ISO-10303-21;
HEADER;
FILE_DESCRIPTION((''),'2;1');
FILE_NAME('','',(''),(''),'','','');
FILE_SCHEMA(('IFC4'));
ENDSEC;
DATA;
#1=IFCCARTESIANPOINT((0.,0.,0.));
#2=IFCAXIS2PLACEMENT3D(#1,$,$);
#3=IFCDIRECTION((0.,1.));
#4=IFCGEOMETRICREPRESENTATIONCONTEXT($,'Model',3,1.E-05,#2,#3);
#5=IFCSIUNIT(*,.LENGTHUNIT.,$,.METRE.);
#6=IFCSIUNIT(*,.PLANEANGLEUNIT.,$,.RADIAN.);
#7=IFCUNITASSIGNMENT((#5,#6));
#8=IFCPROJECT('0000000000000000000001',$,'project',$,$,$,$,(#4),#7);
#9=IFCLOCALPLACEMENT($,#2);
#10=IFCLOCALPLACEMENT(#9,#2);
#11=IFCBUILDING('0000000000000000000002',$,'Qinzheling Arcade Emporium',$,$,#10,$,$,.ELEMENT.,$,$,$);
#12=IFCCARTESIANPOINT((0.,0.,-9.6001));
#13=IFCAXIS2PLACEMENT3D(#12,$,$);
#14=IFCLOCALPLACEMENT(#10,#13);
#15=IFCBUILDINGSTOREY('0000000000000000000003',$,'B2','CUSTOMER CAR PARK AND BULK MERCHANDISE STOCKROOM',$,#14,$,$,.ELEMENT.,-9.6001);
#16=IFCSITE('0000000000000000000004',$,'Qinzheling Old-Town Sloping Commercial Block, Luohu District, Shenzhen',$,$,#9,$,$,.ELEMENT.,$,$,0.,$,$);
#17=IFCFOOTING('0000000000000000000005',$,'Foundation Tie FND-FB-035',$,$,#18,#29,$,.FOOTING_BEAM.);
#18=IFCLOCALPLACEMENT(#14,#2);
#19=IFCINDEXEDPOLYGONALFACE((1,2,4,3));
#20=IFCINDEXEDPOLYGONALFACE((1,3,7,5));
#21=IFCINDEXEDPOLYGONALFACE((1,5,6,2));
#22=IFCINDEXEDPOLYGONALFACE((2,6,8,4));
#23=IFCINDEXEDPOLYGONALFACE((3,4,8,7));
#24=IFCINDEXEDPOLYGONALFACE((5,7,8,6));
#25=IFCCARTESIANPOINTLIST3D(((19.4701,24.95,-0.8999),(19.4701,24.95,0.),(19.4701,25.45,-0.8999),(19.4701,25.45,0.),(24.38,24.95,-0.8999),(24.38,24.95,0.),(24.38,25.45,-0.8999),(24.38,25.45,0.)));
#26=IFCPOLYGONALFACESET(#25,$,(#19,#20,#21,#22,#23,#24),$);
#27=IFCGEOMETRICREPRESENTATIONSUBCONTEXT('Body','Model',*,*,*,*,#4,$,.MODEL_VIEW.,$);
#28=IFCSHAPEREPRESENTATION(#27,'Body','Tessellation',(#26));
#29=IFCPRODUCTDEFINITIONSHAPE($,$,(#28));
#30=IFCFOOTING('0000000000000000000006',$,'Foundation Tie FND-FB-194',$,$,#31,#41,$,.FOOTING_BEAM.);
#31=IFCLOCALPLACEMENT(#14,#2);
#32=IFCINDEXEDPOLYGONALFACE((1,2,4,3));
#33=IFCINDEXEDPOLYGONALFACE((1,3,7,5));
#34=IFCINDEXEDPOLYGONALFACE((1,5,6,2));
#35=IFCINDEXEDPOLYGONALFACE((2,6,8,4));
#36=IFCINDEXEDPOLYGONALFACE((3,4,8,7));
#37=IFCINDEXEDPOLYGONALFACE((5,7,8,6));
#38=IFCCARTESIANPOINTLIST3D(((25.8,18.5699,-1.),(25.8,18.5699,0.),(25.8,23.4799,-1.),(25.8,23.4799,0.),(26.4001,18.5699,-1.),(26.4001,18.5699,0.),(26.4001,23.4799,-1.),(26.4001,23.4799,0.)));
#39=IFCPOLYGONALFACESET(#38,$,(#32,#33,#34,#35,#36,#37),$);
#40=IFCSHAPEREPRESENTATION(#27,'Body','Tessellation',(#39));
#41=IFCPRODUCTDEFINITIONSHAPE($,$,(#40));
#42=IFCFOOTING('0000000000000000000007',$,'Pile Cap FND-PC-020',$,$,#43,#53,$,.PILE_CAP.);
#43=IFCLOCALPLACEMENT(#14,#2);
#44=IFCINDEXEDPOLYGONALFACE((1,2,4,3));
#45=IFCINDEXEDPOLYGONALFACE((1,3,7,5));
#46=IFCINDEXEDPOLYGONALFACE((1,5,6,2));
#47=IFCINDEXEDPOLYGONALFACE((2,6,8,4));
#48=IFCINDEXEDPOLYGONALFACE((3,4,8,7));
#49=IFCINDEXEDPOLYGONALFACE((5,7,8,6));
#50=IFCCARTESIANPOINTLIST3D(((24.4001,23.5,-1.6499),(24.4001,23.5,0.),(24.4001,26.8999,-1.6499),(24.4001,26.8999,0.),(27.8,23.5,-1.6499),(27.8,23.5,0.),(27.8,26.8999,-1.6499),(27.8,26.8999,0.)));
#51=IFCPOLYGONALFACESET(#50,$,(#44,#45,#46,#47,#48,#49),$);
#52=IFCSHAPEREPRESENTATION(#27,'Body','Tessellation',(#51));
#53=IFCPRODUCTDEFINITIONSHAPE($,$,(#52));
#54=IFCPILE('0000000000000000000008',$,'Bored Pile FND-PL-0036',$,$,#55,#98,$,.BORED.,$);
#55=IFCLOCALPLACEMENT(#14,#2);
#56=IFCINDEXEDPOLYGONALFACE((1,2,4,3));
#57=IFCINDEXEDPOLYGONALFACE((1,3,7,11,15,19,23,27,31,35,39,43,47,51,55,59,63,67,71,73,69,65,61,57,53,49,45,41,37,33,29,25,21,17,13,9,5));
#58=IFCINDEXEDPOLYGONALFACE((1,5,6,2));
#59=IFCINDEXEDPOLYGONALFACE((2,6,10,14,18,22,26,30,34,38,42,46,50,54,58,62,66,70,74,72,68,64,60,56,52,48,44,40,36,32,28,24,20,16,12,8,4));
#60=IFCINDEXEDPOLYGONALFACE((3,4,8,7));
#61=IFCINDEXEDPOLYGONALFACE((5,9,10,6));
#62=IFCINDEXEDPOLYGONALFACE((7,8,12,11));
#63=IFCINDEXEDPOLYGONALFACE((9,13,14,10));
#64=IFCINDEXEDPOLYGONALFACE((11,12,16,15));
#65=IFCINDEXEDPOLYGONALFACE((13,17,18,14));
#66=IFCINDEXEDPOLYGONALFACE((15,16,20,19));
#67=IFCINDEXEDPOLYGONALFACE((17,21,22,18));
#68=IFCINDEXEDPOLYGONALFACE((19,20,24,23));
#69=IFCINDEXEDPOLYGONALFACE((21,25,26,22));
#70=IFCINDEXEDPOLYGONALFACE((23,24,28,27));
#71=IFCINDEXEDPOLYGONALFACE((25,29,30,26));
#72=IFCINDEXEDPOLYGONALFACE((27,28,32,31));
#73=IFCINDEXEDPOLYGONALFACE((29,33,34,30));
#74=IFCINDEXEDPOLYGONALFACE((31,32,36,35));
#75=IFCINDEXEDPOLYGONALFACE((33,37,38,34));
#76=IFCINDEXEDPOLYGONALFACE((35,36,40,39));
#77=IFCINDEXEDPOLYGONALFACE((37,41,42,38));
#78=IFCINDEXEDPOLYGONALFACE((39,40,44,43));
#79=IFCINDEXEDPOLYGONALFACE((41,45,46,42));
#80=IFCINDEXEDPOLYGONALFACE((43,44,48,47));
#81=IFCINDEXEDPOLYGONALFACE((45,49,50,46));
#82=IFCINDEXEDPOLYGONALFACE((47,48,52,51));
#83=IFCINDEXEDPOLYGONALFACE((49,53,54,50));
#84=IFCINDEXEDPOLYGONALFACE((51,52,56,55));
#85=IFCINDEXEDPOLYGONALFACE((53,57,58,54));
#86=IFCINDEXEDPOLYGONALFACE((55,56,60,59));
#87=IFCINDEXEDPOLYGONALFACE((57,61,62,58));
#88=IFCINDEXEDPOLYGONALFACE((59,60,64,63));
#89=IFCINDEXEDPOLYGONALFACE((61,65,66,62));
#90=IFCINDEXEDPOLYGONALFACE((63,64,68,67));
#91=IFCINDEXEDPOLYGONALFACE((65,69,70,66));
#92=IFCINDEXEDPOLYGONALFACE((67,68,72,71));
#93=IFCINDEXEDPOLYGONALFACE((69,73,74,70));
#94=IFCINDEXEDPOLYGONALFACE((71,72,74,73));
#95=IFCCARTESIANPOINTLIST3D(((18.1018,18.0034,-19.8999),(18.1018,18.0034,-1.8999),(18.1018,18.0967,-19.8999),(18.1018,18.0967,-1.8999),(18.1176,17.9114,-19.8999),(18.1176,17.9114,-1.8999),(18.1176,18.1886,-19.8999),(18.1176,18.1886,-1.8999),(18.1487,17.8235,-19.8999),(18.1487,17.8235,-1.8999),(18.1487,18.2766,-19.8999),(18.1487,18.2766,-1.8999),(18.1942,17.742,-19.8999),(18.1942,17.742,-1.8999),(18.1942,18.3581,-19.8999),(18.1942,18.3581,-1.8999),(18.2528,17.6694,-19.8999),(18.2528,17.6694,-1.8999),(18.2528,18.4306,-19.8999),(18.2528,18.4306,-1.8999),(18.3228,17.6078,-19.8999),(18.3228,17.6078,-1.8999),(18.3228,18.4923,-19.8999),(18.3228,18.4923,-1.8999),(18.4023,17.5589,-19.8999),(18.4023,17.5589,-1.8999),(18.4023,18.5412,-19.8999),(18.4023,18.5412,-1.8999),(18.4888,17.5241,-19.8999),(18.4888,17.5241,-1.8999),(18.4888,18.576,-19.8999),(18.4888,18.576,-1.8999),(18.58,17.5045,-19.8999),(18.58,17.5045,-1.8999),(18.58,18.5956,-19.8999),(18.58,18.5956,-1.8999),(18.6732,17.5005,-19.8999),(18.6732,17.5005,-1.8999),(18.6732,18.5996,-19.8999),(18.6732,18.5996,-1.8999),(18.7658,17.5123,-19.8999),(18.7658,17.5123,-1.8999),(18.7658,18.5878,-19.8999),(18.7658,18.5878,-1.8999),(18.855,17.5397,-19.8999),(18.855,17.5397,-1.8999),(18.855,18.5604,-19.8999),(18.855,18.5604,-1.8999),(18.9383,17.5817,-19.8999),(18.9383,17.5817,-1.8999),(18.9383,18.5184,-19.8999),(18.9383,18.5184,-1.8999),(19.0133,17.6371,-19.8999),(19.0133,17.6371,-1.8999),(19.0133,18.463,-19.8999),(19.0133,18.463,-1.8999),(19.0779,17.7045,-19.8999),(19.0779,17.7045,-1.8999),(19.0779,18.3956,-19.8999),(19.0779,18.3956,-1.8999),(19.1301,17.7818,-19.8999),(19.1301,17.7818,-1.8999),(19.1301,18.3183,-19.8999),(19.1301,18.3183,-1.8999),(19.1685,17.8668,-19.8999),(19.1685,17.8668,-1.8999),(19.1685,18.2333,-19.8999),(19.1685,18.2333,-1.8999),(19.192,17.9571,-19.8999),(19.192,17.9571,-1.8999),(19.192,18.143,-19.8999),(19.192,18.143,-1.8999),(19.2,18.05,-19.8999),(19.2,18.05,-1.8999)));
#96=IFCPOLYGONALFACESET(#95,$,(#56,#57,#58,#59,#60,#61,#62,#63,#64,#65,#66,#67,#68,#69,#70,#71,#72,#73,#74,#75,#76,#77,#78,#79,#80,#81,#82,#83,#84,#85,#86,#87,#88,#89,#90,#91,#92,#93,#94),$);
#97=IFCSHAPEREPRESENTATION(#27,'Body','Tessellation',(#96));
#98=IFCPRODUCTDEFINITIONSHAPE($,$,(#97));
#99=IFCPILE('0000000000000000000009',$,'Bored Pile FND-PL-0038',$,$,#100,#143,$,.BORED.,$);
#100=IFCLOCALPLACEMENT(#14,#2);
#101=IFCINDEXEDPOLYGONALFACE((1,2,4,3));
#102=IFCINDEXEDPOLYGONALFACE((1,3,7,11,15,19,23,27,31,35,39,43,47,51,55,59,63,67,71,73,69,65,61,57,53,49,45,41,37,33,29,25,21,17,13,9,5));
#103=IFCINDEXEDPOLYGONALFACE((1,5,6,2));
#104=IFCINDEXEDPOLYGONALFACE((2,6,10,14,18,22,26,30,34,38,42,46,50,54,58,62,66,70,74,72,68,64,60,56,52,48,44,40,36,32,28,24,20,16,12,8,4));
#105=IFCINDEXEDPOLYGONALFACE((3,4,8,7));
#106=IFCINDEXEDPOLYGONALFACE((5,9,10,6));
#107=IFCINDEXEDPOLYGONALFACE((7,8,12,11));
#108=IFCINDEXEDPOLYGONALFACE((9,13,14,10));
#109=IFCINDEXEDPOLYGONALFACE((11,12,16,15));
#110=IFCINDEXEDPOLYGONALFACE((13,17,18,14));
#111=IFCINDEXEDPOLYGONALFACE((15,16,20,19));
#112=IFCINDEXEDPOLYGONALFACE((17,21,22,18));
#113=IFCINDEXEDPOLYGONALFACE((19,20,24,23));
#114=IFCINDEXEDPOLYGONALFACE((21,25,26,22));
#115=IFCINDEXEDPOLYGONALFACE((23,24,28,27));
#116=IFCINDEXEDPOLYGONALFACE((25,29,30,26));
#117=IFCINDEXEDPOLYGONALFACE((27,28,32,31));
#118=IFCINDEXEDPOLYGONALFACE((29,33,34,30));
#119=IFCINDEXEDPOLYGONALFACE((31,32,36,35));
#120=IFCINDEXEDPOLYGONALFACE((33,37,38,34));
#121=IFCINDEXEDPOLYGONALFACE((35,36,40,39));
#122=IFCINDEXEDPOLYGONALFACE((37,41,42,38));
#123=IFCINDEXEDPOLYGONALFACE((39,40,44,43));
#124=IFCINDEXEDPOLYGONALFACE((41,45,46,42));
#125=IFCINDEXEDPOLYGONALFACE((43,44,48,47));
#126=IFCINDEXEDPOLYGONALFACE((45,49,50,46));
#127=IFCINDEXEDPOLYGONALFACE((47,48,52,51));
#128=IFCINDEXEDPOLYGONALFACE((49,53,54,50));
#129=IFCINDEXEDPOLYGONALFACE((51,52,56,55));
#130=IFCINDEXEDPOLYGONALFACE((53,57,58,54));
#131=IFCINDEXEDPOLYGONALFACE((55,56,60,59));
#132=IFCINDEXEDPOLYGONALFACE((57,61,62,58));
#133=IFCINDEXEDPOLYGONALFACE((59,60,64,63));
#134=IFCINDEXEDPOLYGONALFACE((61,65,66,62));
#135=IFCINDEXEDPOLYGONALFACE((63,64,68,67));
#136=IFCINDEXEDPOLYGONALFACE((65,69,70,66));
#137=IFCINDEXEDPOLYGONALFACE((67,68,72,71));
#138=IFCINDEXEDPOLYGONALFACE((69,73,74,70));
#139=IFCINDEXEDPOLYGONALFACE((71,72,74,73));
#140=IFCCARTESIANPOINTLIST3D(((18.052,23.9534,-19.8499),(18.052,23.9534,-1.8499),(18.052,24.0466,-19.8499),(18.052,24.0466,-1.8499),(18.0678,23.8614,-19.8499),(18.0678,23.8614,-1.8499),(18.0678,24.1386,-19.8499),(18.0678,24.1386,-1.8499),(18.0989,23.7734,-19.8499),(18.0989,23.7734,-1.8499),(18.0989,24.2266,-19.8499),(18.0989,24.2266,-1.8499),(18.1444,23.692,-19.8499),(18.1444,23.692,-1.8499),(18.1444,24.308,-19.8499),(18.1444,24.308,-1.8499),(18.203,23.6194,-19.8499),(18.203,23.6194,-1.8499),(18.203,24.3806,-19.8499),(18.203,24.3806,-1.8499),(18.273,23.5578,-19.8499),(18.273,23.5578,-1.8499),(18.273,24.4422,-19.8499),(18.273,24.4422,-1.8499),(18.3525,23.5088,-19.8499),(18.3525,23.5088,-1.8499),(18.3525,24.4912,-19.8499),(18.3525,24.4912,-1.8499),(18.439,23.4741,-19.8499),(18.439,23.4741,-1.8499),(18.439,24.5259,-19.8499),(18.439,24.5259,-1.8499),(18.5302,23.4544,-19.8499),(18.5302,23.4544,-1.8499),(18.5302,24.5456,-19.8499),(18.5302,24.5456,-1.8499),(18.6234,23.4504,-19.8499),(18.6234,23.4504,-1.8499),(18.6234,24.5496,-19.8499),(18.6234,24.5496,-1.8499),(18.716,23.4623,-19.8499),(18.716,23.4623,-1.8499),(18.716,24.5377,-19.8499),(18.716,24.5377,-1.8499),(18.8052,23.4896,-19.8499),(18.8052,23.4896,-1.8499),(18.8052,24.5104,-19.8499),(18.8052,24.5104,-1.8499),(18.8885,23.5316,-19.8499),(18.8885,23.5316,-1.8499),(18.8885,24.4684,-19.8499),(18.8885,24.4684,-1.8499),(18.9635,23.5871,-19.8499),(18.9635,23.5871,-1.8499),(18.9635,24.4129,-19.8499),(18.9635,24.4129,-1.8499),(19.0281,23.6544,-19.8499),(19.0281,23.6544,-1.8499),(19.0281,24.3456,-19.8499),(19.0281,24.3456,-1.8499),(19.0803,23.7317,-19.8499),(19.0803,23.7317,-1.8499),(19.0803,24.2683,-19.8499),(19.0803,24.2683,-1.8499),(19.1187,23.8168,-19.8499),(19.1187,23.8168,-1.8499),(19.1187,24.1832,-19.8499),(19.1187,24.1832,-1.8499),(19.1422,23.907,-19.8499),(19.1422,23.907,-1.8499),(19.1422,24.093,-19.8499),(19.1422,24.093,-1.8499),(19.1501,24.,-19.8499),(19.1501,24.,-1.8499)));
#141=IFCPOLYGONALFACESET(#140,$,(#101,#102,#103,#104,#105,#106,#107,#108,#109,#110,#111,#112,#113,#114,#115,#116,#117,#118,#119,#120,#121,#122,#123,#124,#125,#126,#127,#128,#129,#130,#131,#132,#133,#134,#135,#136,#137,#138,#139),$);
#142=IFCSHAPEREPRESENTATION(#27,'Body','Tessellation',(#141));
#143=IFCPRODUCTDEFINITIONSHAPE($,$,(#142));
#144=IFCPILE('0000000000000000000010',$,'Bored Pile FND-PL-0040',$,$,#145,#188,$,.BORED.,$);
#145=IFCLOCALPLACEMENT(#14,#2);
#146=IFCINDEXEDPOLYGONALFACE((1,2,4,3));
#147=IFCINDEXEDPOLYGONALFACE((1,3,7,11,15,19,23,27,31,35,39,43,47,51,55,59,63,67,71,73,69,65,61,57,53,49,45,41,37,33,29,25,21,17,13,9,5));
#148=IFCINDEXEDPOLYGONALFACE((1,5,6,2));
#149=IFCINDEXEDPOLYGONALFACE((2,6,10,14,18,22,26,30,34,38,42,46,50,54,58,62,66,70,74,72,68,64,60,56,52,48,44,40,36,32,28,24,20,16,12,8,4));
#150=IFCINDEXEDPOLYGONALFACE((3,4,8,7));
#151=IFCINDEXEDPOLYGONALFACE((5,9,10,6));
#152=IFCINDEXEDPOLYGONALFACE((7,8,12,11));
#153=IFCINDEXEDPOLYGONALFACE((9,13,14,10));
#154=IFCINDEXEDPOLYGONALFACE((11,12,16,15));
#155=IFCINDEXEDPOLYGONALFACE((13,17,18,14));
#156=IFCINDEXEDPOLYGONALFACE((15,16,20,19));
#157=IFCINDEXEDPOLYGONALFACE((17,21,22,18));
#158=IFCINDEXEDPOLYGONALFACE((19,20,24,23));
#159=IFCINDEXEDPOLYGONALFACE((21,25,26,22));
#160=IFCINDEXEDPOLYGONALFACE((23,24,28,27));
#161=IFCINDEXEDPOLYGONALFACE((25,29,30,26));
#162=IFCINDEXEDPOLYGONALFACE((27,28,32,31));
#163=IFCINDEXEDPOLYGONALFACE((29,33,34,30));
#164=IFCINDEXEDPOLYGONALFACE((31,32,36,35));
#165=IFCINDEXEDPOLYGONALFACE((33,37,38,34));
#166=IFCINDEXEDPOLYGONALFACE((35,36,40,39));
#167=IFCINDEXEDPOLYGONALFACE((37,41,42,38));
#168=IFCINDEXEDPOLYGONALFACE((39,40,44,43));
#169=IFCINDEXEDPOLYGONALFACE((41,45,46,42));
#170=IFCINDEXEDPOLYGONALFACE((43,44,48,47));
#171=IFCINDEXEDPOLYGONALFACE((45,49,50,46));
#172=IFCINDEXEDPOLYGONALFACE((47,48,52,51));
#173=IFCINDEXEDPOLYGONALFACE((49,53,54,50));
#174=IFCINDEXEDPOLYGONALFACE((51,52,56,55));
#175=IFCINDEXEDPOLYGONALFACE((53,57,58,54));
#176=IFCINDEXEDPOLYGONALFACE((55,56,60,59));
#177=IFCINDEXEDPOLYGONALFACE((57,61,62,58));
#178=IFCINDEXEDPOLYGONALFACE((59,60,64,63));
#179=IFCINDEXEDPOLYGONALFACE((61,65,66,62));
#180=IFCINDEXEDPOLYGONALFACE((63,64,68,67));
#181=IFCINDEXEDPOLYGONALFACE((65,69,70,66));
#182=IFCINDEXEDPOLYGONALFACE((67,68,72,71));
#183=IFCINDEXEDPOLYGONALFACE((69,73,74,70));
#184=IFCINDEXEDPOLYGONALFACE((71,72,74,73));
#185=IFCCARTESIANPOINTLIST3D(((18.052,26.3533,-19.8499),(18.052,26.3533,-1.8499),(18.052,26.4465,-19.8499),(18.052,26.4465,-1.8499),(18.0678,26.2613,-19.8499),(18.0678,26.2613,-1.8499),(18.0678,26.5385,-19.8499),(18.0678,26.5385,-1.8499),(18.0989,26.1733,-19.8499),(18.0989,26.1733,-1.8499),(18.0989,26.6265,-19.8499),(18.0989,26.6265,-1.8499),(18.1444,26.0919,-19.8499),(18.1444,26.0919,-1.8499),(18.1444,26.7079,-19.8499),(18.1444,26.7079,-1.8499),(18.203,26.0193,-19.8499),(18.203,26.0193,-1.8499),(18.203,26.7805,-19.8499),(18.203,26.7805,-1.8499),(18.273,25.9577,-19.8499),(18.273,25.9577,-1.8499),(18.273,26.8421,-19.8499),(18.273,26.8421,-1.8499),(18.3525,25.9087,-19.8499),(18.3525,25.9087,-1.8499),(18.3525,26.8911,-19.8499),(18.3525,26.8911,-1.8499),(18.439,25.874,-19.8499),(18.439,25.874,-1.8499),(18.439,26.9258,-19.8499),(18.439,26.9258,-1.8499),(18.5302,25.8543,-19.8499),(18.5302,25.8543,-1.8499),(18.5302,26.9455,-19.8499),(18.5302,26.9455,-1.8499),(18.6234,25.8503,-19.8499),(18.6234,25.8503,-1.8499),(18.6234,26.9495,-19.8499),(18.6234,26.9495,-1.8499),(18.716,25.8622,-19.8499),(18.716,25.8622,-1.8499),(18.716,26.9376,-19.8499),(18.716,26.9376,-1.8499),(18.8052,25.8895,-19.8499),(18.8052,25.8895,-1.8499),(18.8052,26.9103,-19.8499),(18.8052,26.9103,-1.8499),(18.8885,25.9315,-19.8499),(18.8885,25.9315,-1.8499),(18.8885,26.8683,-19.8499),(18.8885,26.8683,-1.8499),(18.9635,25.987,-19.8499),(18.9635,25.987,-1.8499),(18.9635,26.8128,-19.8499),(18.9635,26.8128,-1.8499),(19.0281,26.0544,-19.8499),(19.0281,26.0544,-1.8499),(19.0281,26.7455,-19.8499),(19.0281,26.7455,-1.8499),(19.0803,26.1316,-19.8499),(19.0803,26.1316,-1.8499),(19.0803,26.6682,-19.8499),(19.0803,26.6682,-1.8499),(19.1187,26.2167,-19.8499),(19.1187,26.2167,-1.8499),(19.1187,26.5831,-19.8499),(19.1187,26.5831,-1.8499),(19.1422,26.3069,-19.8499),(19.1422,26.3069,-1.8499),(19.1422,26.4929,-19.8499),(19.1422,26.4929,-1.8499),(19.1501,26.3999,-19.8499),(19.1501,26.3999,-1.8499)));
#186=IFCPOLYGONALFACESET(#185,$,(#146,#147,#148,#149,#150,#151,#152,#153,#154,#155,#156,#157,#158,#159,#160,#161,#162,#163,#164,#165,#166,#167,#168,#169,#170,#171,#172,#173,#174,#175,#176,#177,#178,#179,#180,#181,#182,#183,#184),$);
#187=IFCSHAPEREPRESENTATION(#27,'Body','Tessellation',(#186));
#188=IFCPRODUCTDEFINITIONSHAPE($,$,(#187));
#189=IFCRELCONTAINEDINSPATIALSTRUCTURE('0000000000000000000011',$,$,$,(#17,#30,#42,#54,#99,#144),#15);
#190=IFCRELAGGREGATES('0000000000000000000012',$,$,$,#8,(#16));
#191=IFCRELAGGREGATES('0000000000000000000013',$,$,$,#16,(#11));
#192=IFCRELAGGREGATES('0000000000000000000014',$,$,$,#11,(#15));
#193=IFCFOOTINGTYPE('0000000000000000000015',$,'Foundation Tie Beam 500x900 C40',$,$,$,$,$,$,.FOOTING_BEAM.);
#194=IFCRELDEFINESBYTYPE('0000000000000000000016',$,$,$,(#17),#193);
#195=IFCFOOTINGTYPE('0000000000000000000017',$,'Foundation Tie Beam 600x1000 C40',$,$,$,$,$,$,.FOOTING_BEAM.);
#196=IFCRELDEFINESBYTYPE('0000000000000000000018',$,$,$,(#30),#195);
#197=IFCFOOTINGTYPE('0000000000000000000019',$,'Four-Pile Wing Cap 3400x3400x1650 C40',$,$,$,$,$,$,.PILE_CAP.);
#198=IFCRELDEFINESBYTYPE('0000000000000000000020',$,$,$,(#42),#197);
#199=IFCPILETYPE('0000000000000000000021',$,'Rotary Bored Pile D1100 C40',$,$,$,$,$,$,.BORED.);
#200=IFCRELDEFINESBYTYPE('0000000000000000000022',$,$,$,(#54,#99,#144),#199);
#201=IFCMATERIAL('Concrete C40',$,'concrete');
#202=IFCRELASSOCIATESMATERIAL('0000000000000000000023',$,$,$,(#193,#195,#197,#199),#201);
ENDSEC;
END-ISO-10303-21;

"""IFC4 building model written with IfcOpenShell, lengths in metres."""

from ifc_helpers import new_model, si_unit, direction, frame, origin, origin_2d, place, context, subcontext, project, spatial, rectangle, circle, extrude, material, material_profile, profile_set, type_object, element, save


model = new_model("IFC4")

# Units and contexts
model_context = context("Model", 3, precision=1e-05, world=origin(), true_north=direction((0.0, 1.0)))
body_context = subcontext(model_context, "Body", "Model", "MODEL_VIEW")
ifc_project = project(units=[si_unit("LENGTHUNIT", "METRE"), si_unit("PLANEANGLEUNIT", "RADIAN")], contexts=[model_context])

# Site, building, storey
site_placement = place(None, origin())
site = spatial("IfcSite", under=ifc_project, at=site_placement, Name="Qinzheling Old-Town Sloping Commercial Block, Luohu District, Shenzhen", CompositionType="ELEMENT", RefElevation=0.0)
building_placement = place(site_placement, origin())
building = spatial("IfcBuilding", under=site, at=building_placement, Name="Qinzheling Arcade Emporium", CompositionType="ELEMENT")
storey_placement = place(building_placement, frame((0.0, 0.0, -9.6001)))
storey = spatial("IfcBuildingStorey", under=building, at=storey_placement, Name="B2", Description="CUSTOMER CAR PARK AND BULK MERCHANDISE STOCKROOM", CompositionType="ELEMENT", Elevation=-9.6001)

# Footings
ifc_material_1 = material(Name="Concrete C40", Category="concrete")
footing_type_1 = type_object("IfcFootingType", Name="Foundation Tie Beam 500x900 C40", PredefinedType="FOOTING_BEAM", material=ifc_material_1)
footing_1_placement = place(storey_placement, frame((21.925, 25.2, -0.8999), z_axis=(0.0, 0.0, 1.0), x_axis=(1.0, 0.0, 0.0)))
element("IfcFooting", 1, at=footing_1_placement, inside=storey, type_object=footing_type_1, Name="Foundation Tie FND-FB-035", PredefinedType="FOOTING_BEAM", context=body_context, shape_type="SweptSolid", body=[
    extrude(rectangle(XDim=4.9099, YDim=0.5, at=origin_2d()), origin(), (0.0, 0.0, 1.0), 0.8999),
])
footing_type_2 = type_object("IfcFootingType", Name="Foundation Tie Beam 600x1000 C40", PredefinedType="FOOTING_BEAM", material=ifc_material_1)
footing_2_placement = place(storey_placement, frame((26.1001, 21.0249, -1.0), z_axis=(0.0, 0.0, 1.0), x_axis=(1.0, 0.0, 0.0)))
element("IfcFooting", 2, at=footing_2_placement, inside=storey, type_object=footing_type_2, Name="Foundation Tie FND-FB-194", PredefinedType="FOOTING_BEAM", context=body_context, shape_type="SweptSolid", body=[
    extrude(rectangle(XDim=0.6001, YDim=4.9099, at=origin_2d()), origin(), (0.0, 0.0, 1.0), 1.0),
])
footing_type_3 = type_object("IfcFootingType", Name="Four-Pile Wing Cap 3400x3400x1650 C40", PredefinedType="PILE_CAP", material=ifc_material_1)
footing_3_placement = place(storey_placement, frame((26.1001, 25.2, -1.6499), z_axis=(0.0, 0.0, 1.0), x_axis=(1.0, 0.0, 0.0)))
element("IfcFooting", 3, at=footing_3_placement, inside=storey, type_object=footing_type_3, Name="Pile Cap FND-PC-020", PredefinedType="PILE_CAP", context=body_context, shape_type="SweptSolid", body=[
    extrude(rectangle(XDim=3.3999, YDim=3.3999, at=origin_2d()), origin(), (0.0, 0.0, 1.0), 1.6499),
])

# Piles
ifc_material_profile_1 = material_profile(ifc_material_1, circle(Radius=0.55, at=origin_2d()), Name="BORED D1100", Category="concrete")
ifc_profile_set_1 = profile_set([ifc_material_profile_1], Name="Concrete C40")
pile_type_1 = type_object("IfcPileType", Name="Rotary Bored Pile D1100 C40", PredefinedType="BORED", material=ifc_profile_set_1)
for number, where, z_axis, x_axis, name in (
    (4, (18.6499, 18.05, -1.8999), (0.0, 0.0, -1.0), (1.0, 0.0, 0.0), "Bored Pile FND-PL-0036"),
    (5, (18.6001, 24.0, -1.8499), (0.0, 0.0, -1.0), (1.0, 0.0, 0.0), "Bored Pile FND-PL-0038"),
    (6, (18.6001, 26.3999, -1.8499), (0.0, 0.0, -1.0), (1.0, 0.0, 0.0), "Bored Pile FND-PL-0040"),
):
    element("IfcPile", number, at=place(storey_placement, frame(where, z_axis=z_axis, x_axis=x_axis)), inside=storey, type_object=pile_type_1, Name=name, PredefinedType="BORED", context=body_context, shape_type="SweptSolid", body=[
        extrude(circle(Radius=0.55, at=origin_2d()), origin(), (0.0, 0.0, 1.0), 18.0),
    ])

save(model, "model.ifc")
